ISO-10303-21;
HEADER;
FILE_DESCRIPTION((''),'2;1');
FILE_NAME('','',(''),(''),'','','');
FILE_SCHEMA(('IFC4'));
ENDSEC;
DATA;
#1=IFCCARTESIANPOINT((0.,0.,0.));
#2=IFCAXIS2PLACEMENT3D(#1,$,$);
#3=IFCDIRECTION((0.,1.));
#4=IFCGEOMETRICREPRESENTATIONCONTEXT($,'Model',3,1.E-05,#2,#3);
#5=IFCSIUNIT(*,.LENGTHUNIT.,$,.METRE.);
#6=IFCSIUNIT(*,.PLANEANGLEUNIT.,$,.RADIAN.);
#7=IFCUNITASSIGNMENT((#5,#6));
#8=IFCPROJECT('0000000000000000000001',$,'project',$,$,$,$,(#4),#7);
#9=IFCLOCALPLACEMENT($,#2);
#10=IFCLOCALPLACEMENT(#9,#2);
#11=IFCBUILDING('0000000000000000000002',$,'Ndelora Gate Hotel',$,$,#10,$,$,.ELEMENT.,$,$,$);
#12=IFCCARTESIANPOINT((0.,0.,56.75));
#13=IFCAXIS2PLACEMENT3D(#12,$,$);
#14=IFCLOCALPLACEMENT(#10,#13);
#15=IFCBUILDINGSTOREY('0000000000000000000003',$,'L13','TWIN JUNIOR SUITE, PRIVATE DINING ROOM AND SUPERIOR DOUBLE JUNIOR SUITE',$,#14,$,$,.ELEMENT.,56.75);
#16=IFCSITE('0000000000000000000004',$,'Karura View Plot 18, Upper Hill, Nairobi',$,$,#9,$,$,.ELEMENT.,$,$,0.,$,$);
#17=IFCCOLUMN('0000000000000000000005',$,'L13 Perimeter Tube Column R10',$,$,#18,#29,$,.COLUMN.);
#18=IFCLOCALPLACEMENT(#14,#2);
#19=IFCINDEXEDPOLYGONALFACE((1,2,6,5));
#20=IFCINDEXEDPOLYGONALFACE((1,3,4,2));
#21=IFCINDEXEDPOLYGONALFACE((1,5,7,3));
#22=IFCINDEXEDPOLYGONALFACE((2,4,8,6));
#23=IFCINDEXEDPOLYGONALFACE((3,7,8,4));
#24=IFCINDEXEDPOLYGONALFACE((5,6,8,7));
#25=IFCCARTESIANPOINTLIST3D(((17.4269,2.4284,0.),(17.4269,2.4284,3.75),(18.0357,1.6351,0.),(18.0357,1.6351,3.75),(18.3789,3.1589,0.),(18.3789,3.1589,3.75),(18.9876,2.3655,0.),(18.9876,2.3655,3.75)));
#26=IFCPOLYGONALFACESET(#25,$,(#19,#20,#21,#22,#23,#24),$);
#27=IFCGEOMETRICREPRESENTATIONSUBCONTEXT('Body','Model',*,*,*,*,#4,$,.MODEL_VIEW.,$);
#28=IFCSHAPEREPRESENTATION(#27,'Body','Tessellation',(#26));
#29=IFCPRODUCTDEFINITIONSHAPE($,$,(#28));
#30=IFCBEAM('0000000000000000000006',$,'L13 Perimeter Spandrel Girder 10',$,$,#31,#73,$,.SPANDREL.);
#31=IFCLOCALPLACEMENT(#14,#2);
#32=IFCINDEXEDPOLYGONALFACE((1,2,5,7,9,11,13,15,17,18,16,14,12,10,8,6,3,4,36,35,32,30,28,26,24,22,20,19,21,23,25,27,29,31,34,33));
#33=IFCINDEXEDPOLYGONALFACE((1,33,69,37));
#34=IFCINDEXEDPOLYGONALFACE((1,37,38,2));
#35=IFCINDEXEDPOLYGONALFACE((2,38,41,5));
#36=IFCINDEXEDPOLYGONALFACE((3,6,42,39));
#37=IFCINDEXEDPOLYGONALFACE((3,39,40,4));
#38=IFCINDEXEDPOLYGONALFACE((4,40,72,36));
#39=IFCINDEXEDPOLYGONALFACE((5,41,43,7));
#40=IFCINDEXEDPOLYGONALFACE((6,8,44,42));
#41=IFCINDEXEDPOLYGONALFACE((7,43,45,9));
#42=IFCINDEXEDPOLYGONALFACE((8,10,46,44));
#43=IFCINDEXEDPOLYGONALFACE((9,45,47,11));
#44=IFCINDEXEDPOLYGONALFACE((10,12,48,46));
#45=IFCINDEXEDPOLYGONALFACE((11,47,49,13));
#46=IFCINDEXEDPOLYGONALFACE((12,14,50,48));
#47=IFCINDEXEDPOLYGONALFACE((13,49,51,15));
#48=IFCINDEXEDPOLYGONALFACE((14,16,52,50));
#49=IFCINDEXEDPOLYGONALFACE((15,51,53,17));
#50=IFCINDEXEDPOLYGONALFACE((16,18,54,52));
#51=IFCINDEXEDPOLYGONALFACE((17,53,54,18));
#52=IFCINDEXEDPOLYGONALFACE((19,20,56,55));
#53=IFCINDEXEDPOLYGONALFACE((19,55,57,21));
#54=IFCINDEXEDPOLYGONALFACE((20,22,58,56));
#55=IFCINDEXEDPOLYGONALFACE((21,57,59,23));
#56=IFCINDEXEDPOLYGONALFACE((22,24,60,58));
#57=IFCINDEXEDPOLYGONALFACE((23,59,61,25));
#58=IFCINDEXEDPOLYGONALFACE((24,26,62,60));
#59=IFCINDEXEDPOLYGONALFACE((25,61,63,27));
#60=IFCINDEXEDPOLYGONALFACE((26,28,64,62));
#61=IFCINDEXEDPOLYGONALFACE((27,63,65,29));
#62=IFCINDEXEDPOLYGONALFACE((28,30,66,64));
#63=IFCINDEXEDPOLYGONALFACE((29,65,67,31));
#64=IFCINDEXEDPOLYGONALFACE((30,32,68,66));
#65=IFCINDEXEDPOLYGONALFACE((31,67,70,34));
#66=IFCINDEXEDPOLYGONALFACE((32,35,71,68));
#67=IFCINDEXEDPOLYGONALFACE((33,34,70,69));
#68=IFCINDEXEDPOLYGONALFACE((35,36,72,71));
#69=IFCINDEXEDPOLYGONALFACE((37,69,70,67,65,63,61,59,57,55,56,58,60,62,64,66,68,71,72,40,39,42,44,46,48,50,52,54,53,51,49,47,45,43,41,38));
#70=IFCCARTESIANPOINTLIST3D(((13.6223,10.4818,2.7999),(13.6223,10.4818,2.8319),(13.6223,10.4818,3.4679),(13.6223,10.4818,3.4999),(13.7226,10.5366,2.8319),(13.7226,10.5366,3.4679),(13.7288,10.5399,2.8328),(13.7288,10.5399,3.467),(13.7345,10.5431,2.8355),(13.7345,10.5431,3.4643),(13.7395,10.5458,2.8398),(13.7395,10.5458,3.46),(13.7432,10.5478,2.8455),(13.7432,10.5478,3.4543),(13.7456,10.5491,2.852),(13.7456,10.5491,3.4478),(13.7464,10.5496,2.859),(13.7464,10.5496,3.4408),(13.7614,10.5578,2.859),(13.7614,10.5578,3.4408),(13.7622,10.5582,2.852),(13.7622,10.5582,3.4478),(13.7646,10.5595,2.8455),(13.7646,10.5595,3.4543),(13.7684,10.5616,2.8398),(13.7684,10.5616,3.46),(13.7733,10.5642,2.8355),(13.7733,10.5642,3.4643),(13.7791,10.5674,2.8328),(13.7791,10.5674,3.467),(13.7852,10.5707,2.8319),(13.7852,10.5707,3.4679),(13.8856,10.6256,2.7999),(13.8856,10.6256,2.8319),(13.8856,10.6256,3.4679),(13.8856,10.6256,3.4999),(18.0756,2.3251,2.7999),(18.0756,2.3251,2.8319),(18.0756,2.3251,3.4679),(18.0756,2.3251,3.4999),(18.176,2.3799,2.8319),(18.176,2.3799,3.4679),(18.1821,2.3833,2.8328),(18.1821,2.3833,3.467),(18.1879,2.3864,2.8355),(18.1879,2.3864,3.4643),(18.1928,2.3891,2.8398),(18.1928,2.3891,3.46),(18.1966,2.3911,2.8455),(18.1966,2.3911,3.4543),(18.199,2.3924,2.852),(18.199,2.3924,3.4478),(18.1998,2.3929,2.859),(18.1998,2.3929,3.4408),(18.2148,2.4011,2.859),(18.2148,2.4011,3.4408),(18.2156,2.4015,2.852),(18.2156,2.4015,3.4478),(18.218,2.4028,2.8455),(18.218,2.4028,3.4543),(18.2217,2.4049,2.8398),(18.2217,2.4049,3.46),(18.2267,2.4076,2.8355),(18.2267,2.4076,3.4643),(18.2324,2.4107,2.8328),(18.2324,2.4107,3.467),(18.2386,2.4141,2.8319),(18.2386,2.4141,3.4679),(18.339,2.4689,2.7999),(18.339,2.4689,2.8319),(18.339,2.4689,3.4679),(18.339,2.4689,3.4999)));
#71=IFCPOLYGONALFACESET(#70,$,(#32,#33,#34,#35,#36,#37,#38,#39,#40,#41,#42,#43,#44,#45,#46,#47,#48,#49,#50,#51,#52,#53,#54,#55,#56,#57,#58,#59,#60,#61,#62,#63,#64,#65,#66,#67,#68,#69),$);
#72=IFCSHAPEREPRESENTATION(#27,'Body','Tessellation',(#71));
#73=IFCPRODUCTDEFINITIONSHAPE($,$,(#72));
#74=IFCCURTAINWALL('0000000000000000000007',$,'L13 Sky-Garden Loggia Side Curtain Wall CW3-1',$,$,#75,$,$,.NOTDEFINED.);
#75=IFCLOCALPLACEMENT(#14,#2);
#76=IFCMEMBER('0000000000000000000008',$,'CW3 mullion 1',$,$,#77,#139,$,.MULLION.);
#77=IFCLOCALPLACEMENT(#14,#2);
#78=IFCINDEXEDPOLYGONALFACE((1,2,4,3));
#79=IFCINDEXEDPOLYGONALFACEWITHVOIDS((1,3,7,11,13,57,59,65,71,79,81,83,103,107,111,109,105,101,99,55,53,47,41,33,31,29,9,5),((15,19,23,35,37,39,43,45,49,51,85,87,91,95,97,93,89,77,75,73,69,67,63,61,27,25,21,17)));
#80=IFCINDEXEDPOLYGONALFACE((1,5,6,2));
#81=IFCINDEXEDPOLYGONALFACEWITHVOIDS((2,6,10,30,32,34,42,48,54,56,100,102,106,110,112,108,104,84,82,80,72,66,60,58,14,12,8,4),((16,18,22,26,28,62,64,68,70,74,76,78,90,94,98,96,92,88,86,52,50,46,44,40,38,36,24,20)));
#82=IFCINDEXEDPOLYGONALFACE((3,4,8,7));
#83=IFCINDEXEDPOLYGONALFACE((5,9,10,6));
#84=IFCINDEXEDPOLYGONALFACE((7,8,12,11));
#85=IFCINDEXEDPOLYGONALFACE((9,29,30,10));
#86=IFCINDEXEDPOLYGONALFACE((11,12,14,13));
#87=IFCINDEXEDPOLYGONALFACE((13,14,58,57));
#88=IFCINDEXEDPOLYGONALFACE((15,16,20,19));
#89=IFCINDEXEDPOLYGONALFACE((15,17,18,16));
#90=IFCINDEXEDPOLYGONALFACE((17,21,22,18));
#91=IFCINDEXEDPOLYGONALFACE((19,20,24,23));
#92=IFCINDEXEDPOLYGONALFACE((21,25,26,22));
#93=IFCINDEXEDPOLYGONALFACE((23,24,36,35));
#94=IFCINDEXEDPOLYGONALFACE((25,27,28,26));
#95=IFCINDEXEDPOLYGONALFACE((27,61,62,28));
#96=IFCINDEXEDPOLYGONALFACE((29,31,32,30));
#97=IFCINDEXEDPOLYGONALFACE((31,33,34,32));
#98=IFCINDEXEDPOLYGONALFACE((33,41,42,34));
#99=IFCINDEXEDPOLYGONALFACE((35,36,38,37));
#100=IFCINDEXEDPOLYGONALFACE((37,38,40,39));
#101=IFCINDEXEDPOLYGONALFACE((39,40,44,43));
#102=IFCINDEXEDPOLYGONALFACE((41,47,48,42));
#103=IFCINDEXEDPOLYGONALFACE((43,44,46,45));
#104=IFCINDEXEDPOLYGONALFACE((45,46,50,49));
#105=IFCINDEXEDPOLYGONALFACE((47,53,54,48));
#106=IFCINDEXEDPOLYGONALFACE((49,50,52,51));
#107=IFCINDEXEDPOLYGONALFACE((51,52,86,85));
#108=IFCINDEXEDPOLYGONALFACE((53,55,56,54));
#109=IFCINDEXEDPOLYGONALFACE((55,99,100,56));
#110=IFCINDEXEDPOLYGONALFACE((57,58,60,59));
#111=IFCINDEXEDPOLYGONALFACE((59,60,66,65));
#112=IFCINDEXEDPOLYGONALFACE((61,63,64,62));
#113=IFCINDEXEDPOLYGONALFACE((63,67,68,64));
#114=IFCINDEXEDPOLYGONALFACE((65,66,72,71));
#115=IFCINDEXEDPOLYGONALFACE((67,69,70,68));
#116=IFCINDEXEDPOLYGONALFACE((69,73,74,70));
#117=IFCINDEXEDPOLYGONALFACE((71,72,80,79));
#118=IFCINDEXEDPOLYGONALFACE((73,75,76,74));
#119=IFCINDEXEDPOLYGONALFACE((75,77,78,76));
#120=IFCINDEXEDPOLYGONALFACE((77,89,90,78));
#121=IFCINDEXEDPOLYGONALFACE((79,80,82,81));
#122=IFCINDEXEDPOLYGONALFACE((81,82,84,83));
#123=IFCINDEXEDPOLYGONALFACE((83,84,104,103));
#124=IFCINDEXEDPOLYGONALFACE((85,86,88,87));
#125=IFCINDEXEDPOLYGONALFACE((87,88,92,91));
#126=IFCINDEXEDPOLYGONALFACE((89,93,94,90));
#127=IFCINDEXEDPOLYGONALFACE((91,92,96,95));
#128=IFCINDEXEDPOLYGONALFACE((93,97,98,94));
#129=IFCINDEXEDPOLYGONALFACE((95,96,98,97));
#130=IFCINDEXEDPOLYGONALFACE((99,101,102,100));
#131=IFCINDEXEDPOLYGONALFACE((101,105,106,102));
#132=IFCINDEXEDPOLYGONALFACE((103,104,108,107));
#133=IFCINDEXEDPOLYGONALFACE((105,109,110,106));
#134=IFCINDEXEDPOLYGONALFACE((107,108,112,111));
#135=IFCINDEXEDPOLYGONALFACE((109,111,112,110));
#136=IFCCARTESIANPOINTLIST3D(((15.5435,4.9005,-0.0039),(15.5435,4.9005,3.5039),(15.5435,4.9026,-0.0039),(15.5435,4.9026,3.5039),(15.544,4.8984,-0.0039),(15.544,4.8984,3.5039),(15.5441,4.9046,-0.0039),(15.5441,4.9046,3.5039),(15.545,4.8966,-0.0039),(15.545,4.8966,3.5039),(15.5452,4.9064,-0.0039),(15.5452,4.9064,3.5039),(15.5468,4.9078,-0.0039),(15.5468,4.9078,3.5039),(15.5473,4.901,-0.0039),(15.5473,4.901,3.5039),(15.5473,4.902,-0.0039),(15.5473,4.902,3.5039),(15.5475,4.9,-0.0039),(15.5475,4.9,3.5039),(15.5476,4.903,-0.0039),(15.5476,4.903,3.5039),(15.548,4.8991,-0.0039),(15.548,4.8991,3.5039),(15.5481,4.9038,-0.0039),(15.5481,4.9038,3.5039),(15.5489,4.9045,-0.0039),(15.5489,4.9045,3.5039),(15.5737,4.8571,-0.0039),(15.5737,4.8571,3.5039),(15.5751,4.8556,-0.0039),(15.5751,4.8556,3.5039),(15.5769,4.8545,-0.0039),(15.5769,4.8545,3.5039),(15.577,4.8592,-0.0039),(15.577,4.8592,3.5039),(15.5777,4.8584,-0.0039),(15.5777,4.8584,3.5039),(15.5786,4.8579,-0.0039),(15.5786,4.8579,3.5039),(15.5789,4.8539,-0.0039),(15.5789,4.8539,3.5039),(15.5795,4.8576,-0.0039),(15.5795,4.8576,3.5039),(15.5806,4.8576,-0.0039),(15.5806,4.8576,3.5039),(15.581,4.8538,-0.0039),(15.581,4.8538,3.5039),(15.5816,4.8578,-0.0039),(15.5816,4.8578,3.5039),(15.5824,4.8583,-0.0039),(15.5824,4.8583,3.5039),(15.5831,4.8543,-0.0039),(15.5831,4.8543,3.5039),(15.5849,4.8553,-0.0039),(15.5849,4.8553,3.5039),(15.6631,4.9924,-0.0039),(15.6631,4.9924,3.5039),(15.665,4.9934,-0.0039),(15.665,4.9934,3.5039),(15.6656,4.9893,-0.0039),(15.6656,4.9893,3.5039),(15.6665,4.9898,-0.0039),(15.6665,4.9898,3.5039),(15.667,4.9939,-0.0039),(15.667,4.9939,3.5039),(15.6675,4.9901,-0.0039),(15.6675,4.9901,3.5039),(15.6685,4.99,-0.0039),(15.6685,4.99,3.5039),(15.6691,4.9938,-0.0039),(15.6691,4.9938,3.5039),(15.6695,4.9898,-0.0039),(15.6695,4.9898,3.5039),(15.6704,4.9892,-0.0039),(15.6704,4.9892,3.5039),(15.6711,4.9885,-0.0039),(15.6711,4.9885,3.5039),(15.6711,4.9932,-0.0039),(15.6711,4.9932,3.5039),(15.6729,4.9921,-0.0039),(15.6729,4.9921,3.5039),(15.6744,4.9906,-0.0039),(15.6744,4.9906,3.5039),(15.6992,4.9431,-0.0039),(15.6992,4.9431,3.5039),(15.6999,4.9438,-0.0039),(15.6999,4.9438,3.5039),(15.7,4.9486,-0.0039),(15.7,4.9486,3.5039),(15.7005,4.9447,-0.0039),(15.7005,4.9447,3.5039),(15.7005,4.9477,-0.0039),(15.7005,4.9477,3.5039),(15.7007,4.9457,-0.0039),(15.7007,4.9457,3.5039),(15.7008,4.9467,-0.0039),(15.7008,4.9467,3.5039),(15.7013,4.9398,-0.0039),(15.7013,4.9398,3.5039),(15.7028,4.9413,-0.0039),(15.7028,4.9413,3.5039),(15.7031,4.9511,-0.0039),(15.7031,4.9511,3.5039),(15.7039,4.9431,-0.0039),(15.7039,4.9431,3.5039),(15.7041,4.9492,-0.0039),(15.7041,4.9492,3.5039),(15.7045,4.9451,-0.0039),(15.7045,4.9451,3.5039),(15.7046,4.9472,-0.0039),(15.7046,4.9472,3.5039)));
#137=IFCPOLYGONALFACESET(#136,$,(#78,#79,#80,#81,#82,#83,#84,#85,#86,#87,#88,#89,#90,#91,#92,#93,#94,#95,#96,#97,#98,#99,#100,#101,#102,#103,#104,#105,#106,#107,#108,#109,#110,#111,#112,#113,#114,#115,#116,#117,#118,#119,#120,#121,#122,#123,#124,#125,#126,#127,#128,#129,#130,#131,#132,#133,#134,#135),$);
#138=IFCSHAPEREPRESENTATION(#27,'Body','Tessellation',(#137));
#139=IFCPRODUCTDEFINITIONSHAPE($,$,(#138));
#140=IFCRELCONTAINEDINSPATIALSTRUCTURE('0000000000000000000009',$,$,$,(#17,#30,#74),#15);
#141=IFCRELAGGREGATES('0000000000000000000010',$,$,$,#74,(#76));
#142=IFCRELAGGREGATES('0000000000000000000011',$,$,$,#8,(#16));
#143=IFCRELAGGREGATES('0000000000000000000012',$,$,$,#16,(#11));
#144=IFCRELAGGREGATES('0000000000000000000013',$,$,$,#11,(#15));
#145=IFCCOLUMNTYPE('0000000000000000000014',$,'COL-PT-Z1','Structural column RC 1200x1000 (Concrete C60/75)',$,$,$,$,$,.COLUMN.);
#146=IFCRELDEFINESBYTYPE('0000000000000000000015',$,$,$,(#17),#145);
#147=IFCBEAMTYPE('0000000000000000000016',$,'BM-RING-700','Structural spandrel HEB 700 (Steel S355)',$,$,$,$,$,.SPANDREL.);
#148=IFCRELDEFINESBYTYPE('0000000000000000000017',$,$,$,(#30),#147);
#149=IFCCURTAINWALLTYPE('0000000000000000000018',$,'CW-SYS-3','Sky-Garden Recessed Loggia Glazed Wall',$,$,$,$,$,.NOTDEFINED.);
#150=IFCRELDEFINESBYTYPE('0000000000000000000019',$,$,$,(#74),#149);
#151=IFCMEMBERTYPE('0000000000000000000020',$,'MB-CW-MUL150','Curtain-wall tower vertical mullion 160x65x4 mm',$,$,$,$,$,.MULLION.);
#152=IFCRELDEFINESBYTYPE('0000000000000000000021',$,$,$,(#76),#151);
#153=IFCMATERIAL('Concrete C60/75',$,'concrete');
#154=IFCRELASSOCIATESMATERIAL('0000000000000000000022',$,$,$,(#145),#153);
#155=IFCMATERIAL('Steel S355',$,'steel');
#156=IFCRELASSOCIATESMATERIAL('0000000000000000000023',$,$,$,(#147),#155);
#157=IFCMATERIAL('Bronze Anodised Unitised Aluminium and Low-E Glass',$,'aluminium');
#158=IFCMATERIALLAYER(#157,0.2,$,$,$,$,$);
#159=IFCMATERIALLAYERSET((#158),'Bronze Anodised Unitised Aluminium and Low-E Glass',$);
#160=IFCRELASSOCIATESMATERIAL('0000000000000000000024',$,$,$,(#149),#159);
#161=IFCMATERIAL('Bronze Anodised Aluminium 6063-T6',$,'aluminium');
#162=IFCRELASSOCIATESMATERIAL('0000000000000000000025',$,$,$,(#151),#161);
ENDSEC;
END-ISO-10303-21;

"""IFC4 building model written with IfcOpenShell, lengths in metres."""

from ifc_helpers import new_model, si_unit, direction, frame, origin, origin_2d, place, context, subcontext, project, spatial, rectangle, hollow_rectangle, i_section, extrude, material, layer, layer_set, material_profile, profile_set, type_object, element, aggregate, save


model = new_model("IFC4")

# Units and contexts
model_context = context("Model", 3, precision=1e-05, world=origin(), true_north=direction((0.0, 1.0)))
body_context = subcontext(model_context, "Body", "Model", "MODEL_VIEW")
ifc_project = project(units=[si_unit("LENGTHUNIT", "METRE"), si_unit("PLANEANGLEUNIT", "RADIAN")], contexts=[model_context])

# Site, building, storey
site_placement = place(None, origin())
site = spatial("IfcSite", under=ifc_project, at=site_placement, Name="Karura View Plot 18, Upper Hill, Nairobi", CompositionType="ELEMENT", RefElevation=0.0)
building_placement = place(site_placement, origin())
building = spatial("IfcBuilding", under=site, at=building_placement, Name="Ndelora Gate Hotel", CompositionType="ELEMENT")
storey_placement = place(building_placement, frame((0.0, 0.0, 56.75)))
storey = spatial("IfcBuildingStorey", under=building, at=storey_placement, Name="L13", Description="TWIN JUNIOR SUITE, PRIVATE DINING ROOM AND SUPERIOR DOUBLE JUNIOR SUITE", CompositionType="ELEMENT", Elevation=56.75)

# Column
ifc_material_1 = material(Name="Concrete C60/75", Category="concrete")
ifc_material_profile_1 = material_profile(ifc_material_1, rectangle(XDim=1.0, YDim=1.2, at=origin_2d()), Name="RC 1200x1000")
ifc_profile_set_1 = profile_set([ifc_material_profile_1], Name="Concrete C60/75")
column_type = type_object("IfcColumnType", Name="COL-PT-Z1", Description="Structural column RC 1200x1000 (Concrete C60/75)", PredefinedType="COLUMN", material=ifc_profile_set_1)
column_placement = place(storey_placement, frame((18.2073, 2.397, 0.0), z_axis=(0.0, 0.0, 1.0), x_axis=(-0.608761, 0.793353, 0.0)))
element("IfcColumn", 1, at=column_placement, inside=storey, type_object=column_type, Name="L13 Perimeter Tube Column R10", PredefinedType="COLUMN", context=body_context, shape_type="SweptSolid", body=[
    extrude(rectangle(XDim=1.0, YDim=1.2, at=origin_2d()), origin(), (0.0, 0.0, 1.0), 3.75),
])

# Beam
ifc_material_2 = material(Name="Steel S355", Category="steel")
ifc_material_profile_2 = material_profile(ifc_material_2, i_section(OverallWidth=0.3, OverallDepth=0.7, WebThickness=0.0171, FlangeThickness=0.032, FilletRadius=0.0271, at=origin_2d()), Name="HEB 700")
ifc_profile_set_2 = profile_set([ifc_material_profile_2], Name="Steel S355")
beam_type = type_object("IfcBeamType", Name="BM-RING-700", Description="Structural spandrel HEB 700 (Steel S355)", PredefinedType="SPANDREL", material=ifc_profile_set_2)
beam_placement = place(storey_placement, frame((18.2073, 2.397, 3.1499), z_axis=(-0.479204, 0.877704, 0.0), x_axis=(-0.877704, -0.479204, 0.0)))
element("IfcBeam", 2, at=beam_placement, inside=storey, type_object=beam_type, Name="L13 Perimeter Spandrel Girder 10", PredefinedType="SPANDREL", context=body_context, shape_type="SweptSolid", body=[
    extrude(i_section(OverallWidth=0.3, OverallDepth=0.7, WebThickness=0.0171, FlangeThickness=0.032, FilletRadius=0.0271, at=origin_2d()), origin(), (0.0, 0.0, 1.0), 9.2932),
])

# Curtain wall, member
ifc_material_3 = material(Name="Bronze Anodised Unitised Aluminium and Low-E Glass", Category="aluminium")
ifc_layer_1 = layer(ifc_material_3, 0.2)
ifc_layer_set_1 = layer_set([ifc_layer_1], Name="Bronze Anodised Unitised Aluminium and Low-E Glass")
curtain_wall_type = type_object("IfcCurtainWallType", Name="CW-SYS-3", Description="Sky-Garden Recessed Loggia Glazed Wall", PredefinedType="NOTDEFINED", material=ifc_layer_set_1)
curtain_wall_placement = place(storey_placement, origin())
curtain_wall = element("IfcCurtainWall", 3, at=curtain_wall_placement, inside=storey, type_object=curtain_wall_type, Name="L13 Sky-Garden Loggia Side Curtain Wall CW3-1", PredefinedType="NOTDEFINED")
ifc_material_4 = material(Name="Bronze Anodised Aluminium 6063-T6", Category="aluminium")
ifc_material_profile_3 = material_profile(ifc_material_4, hollow_rectangle(XDim=0.0649, YDim=0.1599, WallThickness=0.0039, InnerFilletRadius=0.0039, OuterFilletRadius=0.0081, at=origin_2d()), Name="ALU 160x65x4")
ifc_profile_set_3 = profile_set([ifc_material_profile_3], Name="Bronze Anodised Aluminium 6063-T6")
member_type_1 = type_object("IfcMemberType", Name="MB-CW-MUL150", Description="Curtain-wall tower vertical mullion 160x65x4 mm", PredefinedType="MULLION", material=ifc_profile_set_3)
member_1_placement = place(storey_placement, frame((15.624, 4.9238, -0.0039), z_axis=(0.0, 0.0, 1.0), x_axis=(-0.587785, 0.809017, 0.0)))
member_1 = element("IfcMember", 4, at=member_1_placement, type_object=member_type_1, Name="CW3 mullion 1", PredefinedType="MULLION", context=body_context, shape_type="SweptSolid", body=[
    extrude(hollow_rectangle(XDim=0.0649, YDim=0.1599, WallThickness=0.0039, InnerFilletRadius=0.0039, OuterFilletRadius=0.0081, at=origin_2d()), origin(), (0.0, 0.0, 1.0), 3.5078),
])
aggregate(curtain_wall, [member_1])

save(model, "model.ifc")
